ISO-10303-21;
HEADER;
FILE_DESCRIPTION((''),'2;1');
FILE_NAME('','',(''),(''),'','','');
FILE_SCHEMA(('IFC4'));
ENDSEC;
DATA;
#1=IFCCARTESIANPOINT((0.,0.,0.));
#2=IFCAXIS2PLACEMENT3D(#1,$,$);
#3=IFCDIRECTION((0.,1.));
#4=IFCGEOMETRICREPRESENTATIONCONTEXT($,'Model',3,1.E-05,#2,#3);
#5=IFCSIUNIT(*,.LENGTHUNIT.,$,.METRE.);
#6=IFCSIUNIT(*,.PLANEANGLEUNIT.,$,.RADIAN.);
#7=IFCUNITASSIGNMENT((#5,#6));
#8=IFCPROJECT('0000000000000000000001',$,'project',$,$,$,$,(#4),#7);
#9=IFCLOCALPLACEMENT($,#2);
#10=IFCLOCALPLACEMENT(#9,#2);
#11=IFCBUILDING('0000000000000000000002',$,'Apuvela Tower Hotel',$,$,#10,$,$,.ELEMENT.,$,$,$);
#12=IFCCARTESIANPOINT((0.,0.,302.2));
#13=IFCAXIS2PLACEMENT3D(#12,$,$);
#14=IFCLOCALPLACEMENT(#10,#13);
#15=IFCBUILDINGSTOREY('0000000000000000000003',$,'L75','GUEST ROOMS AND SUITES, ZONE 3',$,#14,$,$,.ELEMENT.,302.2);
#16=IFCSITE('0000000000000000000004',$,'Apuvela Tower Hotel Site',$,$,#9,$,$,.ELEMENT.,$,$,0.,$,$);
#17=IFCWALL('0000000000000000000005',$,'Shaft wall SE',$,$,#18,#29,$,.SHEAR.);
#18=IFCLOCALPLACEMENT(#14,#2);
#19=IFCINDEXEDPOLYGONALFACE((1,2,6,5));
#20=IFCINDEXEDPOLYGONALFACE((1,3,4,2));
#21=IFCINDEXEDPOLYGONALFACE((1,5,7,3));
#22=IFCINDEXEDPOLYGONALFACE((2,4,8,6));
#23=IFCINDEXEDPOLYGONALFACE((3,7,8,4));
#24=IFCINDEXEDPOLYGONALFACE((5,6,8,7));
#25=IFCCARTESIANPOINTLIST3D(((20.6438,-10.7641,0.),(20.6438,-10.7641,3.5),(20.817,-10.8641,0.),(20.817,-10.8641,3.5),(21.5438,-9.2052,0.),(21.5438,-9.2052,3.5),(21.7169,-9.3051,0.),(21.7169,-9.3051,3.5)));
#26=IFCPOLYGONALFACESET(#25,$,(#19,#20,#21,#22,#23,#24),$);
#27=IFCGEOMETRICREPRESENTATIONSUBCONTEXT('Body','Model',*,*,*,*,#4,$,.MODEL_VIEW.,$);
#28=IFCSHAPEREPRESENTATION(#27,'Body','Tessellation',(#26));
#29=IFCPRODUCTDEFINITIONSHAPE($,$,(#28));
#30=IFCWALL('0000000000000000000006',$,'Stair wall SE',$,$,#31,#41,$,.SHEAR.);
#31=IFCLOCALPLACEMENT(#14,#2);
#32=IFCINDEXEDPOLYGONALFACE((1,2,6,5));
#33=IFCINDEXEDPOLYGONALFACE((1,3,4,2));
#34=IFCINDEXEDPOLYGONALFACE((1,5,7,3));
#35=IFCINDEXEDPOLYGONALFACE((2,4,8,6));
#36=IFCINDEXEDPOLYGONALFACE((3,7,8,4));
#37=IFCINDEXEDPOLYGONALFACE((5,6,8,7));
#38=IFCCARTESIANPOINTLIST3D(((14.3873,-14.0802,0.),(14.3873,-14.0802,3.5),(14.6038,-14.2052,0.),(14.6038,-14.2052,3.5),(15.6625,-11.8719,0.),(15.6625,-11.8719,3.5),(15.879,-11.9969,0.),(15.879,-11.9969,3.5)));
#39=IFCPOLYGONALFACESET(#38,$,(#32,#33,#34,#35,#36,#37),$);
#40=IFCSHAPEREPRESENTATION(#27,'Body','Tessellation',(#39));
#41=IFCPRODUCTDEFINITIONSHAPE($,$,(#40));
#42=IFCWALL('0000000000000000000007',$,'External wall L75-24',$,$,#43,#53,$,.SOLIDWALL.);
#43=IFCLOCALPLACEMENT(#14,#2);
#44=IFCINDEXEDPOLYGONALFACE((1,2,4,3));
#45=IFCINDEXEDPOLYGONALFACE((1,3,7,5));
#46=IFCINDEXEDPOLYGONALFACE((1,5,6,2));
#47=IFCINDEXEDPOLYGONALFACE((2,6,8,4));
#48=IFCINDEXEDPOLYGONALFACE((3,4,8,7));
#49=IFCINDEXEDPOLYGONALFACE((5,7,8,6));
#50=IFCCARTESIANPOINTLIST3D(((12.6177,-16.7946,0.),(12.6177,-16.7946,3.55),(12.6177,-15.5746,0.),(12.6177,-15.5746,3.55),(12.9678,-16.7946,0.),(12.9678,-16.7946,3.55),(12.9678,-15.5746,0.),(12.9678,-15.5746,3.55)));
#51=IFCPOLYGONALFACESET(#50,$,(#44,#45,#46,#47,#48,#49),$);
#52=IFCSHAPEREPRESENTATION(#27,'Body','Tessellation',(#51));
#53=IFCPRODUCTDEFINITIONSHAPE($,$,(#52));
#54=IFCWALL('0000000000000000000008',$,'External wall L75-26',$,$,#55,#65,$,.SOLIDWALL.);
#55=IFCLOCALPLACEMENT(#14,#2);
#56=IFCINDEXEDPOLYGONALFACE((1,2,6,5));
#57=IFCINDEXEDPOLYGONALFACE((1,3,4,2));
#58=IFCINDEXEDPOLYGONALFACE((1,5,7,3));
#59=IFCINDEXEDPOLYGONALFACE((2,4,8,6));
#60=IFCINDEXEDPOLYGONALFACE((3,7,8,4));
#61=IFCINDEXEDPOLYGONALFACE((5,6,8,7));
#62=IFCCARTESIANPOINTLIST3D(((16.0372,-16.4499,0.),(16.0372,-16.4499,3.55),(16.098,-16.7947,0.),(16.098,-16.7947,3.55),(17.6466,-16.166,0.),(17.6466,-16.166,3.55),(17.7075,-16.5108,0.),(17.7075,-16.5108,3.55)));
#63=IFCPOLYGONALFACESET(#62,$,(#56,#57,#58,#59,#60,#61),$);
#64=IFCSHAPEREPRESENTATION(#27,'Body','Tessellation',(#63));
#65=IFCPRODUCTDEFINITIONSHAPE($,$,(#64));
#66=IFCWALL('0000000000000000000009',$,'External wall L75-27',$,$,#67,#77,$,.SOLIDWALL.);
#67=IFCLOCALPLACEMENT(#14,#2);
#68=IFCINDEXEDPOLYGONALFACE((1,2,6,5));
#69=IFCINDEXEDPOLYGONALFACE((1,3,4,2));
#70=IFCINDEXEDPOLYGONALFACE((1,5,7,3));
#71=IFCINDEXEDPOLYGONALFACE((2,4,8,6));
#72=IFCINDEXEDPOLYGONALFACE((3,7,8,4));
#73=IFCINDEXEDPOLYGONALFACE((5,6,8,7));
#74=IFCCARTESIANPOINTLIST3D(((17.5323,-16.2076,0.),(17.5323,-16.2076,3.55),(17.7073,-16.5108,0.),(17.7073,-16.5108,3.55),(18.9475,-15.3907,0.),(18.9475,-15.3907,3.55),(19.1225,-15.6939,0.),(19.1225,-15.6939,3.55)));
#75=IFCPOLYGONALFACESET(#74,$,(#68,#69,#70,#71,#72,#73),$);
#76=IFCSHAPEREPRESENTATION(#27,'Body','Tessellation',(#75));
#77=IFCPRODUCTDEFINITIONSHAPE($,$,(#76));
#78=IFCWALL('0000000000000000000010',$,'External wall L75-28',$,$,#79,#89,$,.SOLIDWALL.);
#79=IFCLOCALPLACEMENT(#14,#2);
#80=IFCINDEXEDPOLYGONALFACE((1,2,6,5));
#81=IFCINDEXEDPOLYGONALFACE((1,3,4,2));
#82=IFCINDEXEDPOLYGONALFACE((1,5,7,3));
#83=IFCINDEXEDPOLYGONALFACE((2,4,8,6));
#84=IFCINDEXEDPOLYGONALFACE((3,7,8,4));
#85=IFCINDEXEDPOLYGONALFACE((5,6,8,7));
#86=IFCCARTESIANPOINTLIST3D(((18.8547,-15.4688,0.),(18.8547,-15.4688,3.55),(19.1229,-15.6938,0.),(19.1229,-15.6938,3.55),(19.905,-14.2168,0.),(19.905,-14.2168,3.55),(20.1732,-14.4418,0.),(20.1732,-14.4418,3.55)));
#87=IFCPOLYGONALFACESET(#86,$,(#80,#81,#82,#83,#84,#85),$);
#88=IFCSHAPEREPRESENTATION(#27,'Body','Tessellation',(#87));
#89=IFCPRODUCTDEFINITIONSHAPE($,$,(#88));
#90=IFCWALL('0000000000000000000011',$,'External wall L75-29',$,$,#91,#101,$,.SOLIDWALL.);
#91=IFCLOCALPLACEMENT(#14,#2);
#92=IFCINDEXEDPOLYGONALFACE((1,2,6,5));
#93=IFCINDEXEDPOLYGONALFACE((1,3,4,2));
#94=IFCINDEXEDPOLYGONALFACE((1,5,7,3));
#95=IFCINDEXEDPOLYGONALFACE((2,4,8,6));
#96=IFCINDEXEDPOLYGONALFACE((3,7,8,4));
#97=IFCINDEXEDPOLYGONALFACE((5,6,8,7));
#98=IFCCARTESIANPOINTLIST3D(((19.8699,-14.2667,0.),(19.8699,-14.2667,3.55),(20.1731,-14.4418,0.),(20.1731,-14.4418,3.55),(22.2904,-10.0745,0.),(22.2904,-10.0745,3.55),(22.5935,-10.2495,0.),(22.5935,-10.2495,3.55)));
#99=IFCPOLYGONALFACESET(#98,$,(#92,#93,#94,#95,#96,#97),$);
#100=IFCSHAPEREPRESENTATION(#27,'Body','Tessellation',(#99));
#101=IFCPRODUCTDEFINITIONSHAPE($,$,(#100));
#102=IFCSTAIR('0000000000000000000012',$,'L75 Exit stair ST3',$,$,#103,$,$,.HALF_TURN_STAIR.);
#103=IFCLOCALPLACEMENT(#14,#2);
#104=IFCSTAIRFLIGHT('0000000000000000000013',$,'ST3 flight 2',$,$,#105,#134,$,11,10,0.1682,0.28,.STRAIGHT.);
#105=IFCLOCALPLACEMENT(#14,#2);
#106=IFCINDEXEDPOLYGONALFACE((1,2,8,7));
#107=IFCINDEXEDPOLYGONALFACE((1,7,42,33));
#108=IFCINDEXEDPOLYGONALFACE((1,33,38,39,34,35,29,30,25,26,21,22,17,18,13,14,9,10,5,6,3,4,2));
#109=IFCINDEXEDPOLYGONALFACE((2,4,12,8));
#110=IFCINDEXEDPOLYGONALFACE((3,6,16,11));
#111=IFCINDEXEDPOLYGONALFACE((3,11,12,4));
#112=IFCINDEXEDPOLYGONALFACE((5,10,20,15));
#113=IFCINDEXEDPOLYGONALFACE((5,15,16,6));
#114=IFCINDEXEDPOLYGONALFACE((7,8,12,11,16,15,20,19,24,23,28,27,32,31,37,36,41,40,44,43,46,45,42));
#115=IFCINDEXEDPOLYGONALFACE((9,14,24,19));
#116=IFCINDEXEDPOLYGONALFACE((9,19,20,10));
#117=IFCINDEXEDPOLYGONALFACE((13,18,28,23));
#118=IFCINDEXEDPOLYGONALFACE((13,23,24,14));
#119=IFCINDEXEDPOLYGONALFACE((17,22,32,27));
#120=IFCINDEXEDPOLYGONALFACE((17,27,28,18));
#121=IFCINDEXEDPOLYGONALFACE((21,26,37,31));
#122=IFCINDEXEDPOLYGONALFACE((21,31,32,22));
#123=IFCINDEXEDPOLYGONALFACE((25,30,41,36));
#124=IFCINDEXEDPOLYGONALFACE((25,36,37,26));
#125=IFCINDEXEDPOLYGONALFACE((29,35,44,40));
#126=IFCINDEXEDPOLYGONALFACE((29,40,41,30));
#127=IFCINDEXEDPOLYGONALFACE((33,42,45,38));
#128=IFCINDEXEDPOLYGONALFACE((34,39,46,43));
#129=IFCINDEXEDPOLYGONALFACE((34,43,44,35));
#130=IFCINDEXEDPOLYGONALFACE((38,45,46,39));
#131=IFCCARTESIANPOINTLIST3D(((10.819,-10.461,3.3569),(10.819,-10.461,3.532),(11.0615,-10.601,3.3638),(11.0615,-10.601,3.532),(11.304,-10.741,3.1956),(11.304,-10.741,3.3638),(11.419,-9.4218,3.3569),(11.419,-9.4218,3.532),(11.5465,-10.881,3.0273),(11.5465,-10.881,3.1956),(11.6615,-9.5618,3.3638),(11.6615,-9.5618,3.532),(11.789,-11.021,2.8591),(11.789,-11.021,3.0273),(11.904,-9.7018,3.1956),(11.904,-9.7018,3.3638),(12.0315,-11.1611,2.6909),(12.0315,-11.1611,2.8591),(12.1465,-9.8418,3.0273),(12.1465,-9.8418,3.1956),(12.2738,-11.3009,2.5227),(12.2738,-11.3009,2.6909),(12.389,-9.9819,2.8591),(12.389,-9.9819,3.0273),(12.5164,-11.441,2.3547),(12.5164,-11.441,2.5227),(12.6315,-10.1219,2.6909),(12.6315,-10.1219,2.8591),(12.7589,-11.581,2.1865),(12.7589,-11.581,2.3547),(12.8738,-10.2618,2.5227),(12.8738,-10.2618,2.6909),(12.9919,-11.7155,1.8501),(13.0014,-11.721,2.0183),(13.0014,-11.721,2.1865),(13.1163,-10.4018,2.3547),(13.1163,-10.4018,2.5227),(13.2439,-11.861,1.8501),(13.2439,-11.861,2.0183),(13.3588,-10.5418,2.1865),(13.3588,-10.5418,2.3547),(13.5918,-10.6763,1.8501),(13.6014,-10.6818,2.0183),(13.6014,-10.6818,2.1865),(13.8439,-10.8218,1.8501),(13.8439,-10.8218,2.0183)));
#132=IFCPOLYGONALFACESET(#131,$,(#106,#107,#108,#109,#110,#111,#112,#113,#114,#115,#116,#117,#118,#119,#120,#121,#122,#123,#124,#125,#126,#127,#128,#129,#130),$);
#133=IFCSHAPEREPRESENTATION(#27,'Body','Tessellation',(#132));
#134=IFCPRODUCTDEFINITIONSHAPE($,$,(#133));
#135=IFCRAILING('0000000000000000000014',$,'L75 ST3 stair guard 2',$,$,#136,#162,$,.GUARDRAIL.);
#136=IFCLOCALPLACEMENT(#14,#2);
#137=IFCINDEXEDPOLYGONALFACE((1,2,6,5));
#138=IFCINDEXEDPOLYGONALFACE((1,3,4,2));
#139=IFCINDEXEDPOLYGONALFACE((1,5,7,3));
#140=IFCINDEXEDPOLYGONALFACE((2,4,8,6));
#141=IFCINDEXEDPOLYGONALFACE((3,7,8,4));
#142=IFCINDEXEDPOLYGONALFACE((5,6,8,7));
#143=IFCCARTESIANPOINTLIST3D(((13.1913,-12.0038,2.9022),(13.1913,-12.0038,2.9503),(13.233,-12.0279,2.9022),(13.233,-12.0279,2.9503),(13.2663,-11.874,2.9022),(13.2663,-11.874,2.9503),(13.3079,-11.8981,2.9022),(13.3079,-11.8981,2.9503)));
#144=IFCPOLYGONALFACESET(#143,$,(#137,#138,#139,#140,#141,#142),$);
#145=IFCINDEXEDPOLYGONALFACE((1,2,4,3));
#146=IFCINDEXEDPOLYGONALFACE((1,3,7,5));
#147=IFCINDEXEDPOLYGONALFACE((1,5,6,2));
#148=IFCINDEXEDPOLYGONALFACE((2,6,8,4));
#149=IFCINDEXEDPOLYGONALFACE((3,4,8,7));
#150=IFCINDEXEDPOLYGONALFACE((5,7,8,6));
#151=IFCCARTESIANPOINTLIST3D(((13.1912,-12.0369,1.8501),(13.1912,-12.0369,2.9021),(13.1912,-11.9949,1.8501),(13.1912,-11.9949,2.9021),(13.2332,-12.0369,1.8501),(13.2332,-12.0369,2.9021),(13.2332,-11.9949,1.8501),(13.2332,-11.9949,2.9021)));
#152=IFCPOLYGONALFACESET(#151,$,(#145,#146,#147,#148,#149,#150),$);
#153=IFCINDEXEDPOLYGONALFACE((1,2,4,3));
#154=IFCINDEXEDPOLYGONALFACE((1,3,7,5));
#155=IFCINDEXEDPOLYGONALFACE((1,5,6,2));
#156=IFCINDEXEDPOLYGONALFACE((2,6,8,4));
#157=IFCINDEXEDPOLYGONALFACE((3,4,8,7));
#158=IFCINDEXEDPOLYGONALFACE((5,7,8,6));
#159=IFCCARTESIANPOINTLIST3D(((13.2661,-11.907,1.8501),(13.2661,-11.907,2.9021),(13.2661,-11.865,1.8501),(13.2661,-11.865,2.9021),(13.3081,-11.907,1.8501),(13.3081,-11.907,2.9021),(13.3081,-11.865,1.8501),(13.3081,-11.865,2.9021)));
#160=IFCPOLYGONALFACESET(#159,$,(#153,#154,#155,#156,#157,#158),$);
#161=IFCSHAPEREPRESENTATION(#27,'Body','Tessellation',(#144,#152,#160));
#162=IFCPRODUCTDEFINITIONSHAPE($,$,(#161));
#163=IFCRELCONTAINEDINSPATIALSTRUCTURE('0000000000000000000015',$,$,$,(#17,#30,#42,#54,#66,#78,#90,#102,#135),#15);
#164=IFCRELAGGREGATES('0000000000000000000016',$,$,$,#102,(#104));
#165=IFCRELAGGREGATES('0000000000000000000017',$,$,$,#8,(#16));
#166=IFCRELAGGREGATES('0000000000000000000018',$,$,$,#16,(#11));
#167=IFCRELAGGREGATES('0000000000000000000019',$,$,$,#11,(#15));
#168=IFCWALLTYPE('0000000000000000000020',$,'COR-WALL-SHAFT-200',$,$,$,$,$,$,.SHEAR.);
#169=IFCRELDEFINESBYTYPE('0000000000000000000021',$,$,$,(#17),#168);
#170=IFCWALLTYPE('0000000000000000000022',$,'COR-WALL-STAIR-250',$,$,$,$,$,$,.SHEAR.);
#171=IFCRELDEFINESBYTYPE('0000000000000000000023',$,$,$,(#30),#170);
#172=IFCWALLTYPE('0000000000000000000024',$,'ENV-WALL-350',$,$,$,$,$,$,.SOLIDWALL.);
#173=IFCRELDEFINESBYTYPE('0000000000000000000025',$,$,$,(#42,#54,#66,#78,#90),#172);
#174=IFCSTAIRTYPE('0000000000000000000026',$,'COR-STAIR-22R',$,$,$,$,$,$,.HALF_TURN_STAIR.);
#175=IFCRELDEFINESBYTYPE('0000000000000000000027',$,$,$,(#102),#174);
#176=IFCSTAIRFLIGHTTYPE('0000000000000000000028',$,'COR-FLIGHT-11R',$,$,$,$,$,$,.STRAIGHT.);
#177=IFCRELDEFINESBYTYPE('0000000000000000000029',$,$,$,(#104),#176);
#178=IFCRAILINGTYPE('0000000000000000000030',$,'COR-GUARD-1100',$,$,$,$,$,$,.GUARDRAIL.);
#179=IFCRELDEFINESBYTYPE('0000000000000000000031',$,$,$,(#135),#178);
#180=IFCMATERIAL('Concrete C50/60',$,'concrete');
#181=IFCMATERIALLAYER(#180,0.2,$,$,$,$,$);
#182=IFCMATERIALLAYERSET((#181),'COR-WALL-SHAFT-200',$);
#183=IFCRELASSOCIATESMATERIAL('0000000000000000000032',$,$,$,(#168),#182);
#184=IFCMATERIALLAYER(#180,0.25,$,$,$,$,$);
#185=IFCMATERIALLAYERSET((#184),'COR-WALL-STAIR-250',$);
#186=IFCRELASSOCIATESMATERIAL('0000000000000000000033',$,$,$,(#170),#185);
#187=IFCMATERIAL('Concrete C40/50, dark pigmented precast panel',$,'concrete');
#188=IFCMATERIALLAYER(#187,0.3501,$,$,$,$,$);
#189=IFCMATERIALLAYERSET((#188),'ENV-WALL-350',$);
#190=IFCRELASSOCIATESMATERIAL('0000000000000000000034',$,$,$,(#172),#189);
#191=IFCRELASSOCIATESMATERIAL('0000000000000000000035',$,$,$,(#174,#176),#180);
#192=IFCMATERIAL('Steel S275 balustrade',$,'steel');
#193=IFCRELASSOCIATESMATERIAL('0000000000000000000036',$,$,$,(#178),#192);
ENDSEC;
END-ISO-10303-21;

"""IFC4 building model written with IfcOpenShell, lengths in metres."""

from ifc_helpers import new_model, si_unit, direction, frame, frame_2d, origin, origin_2d, place, context, subcontext, project, spatial, polyline, rectangle, outline, extrude, material, layer, layer_set, type_object, element, aggregate, save


model = new_model("IFC4")

# Units and contexts
model_context = context("Model", 3, precision=1e-05, world=origin(), true_north=direction((0.0, 1.0)))
body_context = subcontext(model_context, "Body", "Model", "MODEL_VIEW")
ifc_project = project(units=[si_unit("LENGTHUNIT", "METRE"), si_unit("PLANEANGLEUNIT", "RADIAN")], contexts=[model_context])

# Site, building, storey
site_placement = place(None, origin())
site = spatial("IfcSite", under=ifc_project, at=site_placement, Name="Apuvela Tower Hotel Site", CompositionType="ELEMENT", RefElevation=0.0)
building_placement = place(site_placement, origin())
building = spatial("IfcBuilding", under=site, at=building_placement, Name="Apuvela Tower Hotel", CompositionType="ELEMENT")
storey_placement = place(building_placement, frame((0.0, 0.0, 302.2)))
storey = spatial("IfcBuildingStorey", under=building, at=storey_placement, Name="L75", Description="GUEST ROOMS AND SUITES, ZONE 3", CompositionType="ELEMENT", Elevation=302.2)

# Walls
ifc_material_1 = material(Name="Concrete C50/60", Category="concrete")
ifc_layer_1 = layer(ifc_material_1, 0.2)
ifc_layer_set_1 = layer_set([ifc_layer_1], Name="COR-WALL-SHAFT-200")
wall_type_1 = type_object("IfcWallType", Name="COR-WALL-SHAFT-200", PredefinedType="SHEAR", material=ifc_layer_set_1)
wall_1_placement = place(storey_placement, frame((20.7305, -10.814, 0.0), z_axis=(0.0, 0.0, 1.0), x_axis=(0.499961, 0.866048, 0.0)))
element("IfcWall", 1, at=wall_1_placement, inside=storey, type_object=wall_type_1, Name="Shaft wall SE", PredefinedType="SHEAR", context=body_context, shape_type="SweptSolid", body=[
    extrude(rectangle(XDim=1.8, YDim=0.2, at=frame_2d((0.8999, 0.0))), origin(), (0.0, 0.0, 1.0), 3.5),
])
ifc_layer_2 = layer(ifc_material_1, 0.25)
ifc_layer_set_2 = layer_set([ifc_layer_2], Name="COR-WALL-STAIR-250")
wall_type_2 = type_object("IfcWallType", Name="COR-WALL-STAIR-250", PredefinedType="SHEAR", material=ifc_layer_set_2)
wall_2_placement = place(storey_placement, frame((14.4956, -14.1426, 0.0), z_axis=(0.0, 0.0, 1.0), x_axis=(0.500062, 0.865989, 0.0)))
element("IfcWall", 2, at=wall_2_placement, inside=storey, type_object=wall_type_2, Name="Stair wall SE", PredefinedType="SHEAR", context=body_context, shape_type="SweptSolid", body=[
    extrude(rectangle(XDim=2.55, YDim=0.25, at=frame_2d((1.2749, 0.0))), origin(), (0.0, 0.0, 1.0), 3.5),
])
ifc_material_2 = material(Name="Concrete C40/50, dark pigmented precast panel", Category="concrete")
ifc_layer_3 = layer(ifc_material_2, 0.3501)
ifc_layer_set_3 = layer_set([ifc_layer_3], Name="ENV-WALL-350")
wall_type_3 = type_object("IfcWallType", Name="ENV-WALL-350", PredefinedType="SOLIDWALL", material=ifc_layer_set_3)
wall_3_placement = place(storey_placement, frame((12.7927, -15.5747, 0.0), z_axis=(0.0, 0.0, 1.0), x_axis=(0.0, -1.0, 0.0)))
element("IfcWall", 3, at=wall_3_placement, inside=storey, type_object=wall_type_3, Name="External wall L75-24", PredefinedType="SOLIDWALL", context=body_context, shape_type="SweptSolid", body=[
    extrude(rectangle(XDim=1.22, YDim=0.3501, at=frame_2d((0.6099, 0.0))), origin(), (0.0, 0.0, 1.0), 3.55),
])
wall_4_placement = place(storey_placement, frame((16.0676, -16.6223, 0.0), z_axis=(0.0, 0.0, 1.0), x_axis=(0.984791, 0.173743, 0.0)))
element("IfcWall", 4, at=wall_4_placement, inside=storey, type_object=wall_type_3, Name="External wall L75-26", PredefinedType="SOLIDWALL", context=body_context, shape_type="SweptSolid", body=[
    extrude(rectangle(XDim=1.6343, YDim=0.3501, at=frame_2d((0.8171, 0.0))), origin(), (0.0, 0.0, 1.0), 3.55),
])
wall_5_placement = place(storey_placement, frame((17.6199, -16.3591, 0.0), z_axis=(0.0, 0.0, 1.0), x_axis=(0.866084, 0.499899, 0.0)))
element("IfcWall", 5, at=wall_5_placement, inside=storey, type_object=wall_type_3, Name="External wall L75-27", PredefinedType="SOLIDWALL", context=body_context, shape_type="SweptSolid", body=[
    extrude(rectangle(XDim=1.634, YDim=0.3501, at=frame_2d((0.8169, 0.0))), origin(), (0.0, 0.0, 1.0), 3.55),
])
wall_6_placement = place(storey_placement, frame((18.9888, -15.5813, 0.0), z_axis=(0.0, 0.0, 1.0), x_axis=(0.642708, 0.766111, 0.0)))
element("IfcWall", 6, at=wall_6_placement, inside=storey, type_object=wall_type_3, Name="External wall L75-28", PredefinedType="SOLIDWALL", context=body_context, shape_type="SweptSolid", body=[
    extrude(rectangle(XDim=1.6343, YDim=0.3501, at=frame_2d((0.8171, 0.0))), origin(), (0.0, 0.0, 1.0), 3.55),
])
wall_7_placement = place(storey_placement, frame((20.0215, -14.3542, 0.0), z_axis=(0.0, 0.0, 1.0), x_axis=(0.500012, 0.866018, 0.0)))
element("IfcWall", 7, at=wall_7_placement, inside=storey, type_object=wall_type_3, Name="External wall L75-29", PredefinedType="SOLIDWALL", context=body_context, shape_type="SweptSolid", body=[
    extrude(rectangle(XDim=4.8408, YDim=0.3501, at=frame_2d((2.4204, 0.0))), origin(), (0.0, 0.0, 1.0), 3.55),
])

# Stair, stair flight
stair_type = type_object("IfcStairType", Name="COR-STAIR-22R", PredefinedType="HALF_TURN_STAIR", material=ifc_material_1)
stair_placement = place(storey_placement, origin())
stair = element("IfcStair", 8, at=stair_placement, inside=storey, type_object=stair_type, Name="L75 Exit stair ST3", PredefinedType="HALF_TURN_STAIR")
stair_flight_type = type_object("IfcStairFlightType", Name="COR-FLIGHT-11R", PredefinedType="STRAIGHT", material=ifc_material_1)
stair_flight_placement = place(storey_placement, frame((13.5439, -11.3413, 1.8501), z_axis=(0.0, 0.0, 1.0), x_axis=(-0.866025, 0.5, 0.0)))
stair_flight = element("IfcStairFlight", 9, at=stair_flight_placement, type_object=stair_flight_type, Name="ST3 flight 2", NumberOfRisers=11, NumberOfTreads=10, PredefinedType="STRAIGHT", RiserHeight=0.1682, TreadLength=0.28, context=body_context, shape_type="SweptSolid", body=[
    extrude(outline(polyline([(0.0, 0.0), (0.0, 0.1682), (0.28, 0.1682), (0.28, 0.3364), (0.5601, 0.3364), (0.5601, 0.5046), (0.8401, 0.5046), (0.8401, 0.6726), (1.1201, 0.6726), (1.1201, 0.8408), (1.3999, 0.8408), (1.3999, 1.009), (1.6799, 1.009), (1.6799, 1.1772), (1.96, 1.1772), (1.96, 1.3455), (2.24, 1.3455), (2.24, 1.5137), (2.52, 1.5137), (2.52, 1.6819), (2.8, 1.6819), (2.8, 1.8501), (2.8, 1.5068), (0.291, 0.0), (0.0, 0.0)])), frame((0.0, 0.6001, 0.0), z_axis=(0.0, -1.0, 0.0), x_axis=(1.0, 0.0, 0.0)), (0.0, 0.0, 1.0), 1.2),
])
aggregate(stair, [stair_flight])

# Railing
ifc_material_3 = material(Name="Steel S275 balustrade", Category="steel")
railing_type_1 = type_object("IfcRailingType", Name="COR-GUARD-1100", PredefinedType="GUARDRAIL", material=ifc_material_3)
railing_1_placement = place(storey_placement, frame((13.2122, -12.0159, 1.8501)))
element("IfcRailing", 10, at=railing_1_placement, inside=storey, type_object=railing_type_1, Name="L75 ST3 stair guard 2", PredefinedType="GUARDRAIL", context=body_context, shape_type="SweptSolid", body=[
    extrude(rectangle(XDim=0.0481, YDim=0.0481, at=origin_2d()), frame((0.0, 0.0, 1.0762), z_axis=(0.499816, 0.866131, 0.0), x_axis=(-0.866131, 0.499816, 0.0)), (0.0, 0.0, 1.0), 0.1499),
    extrude(rectangle(XDim=0.042, YDim=0.042, at=origin_2d()), origin(), (0.0, 0.0, 1.0), 1.052),
    extrude(rectangle(XDim=0.042, YDim=0.042, at=origin_2d()), frame((0.075, 0.1299, 0.0)), (0.0, 0.0, 1.0), 1.052),
])

save(model, "model.ifc")
